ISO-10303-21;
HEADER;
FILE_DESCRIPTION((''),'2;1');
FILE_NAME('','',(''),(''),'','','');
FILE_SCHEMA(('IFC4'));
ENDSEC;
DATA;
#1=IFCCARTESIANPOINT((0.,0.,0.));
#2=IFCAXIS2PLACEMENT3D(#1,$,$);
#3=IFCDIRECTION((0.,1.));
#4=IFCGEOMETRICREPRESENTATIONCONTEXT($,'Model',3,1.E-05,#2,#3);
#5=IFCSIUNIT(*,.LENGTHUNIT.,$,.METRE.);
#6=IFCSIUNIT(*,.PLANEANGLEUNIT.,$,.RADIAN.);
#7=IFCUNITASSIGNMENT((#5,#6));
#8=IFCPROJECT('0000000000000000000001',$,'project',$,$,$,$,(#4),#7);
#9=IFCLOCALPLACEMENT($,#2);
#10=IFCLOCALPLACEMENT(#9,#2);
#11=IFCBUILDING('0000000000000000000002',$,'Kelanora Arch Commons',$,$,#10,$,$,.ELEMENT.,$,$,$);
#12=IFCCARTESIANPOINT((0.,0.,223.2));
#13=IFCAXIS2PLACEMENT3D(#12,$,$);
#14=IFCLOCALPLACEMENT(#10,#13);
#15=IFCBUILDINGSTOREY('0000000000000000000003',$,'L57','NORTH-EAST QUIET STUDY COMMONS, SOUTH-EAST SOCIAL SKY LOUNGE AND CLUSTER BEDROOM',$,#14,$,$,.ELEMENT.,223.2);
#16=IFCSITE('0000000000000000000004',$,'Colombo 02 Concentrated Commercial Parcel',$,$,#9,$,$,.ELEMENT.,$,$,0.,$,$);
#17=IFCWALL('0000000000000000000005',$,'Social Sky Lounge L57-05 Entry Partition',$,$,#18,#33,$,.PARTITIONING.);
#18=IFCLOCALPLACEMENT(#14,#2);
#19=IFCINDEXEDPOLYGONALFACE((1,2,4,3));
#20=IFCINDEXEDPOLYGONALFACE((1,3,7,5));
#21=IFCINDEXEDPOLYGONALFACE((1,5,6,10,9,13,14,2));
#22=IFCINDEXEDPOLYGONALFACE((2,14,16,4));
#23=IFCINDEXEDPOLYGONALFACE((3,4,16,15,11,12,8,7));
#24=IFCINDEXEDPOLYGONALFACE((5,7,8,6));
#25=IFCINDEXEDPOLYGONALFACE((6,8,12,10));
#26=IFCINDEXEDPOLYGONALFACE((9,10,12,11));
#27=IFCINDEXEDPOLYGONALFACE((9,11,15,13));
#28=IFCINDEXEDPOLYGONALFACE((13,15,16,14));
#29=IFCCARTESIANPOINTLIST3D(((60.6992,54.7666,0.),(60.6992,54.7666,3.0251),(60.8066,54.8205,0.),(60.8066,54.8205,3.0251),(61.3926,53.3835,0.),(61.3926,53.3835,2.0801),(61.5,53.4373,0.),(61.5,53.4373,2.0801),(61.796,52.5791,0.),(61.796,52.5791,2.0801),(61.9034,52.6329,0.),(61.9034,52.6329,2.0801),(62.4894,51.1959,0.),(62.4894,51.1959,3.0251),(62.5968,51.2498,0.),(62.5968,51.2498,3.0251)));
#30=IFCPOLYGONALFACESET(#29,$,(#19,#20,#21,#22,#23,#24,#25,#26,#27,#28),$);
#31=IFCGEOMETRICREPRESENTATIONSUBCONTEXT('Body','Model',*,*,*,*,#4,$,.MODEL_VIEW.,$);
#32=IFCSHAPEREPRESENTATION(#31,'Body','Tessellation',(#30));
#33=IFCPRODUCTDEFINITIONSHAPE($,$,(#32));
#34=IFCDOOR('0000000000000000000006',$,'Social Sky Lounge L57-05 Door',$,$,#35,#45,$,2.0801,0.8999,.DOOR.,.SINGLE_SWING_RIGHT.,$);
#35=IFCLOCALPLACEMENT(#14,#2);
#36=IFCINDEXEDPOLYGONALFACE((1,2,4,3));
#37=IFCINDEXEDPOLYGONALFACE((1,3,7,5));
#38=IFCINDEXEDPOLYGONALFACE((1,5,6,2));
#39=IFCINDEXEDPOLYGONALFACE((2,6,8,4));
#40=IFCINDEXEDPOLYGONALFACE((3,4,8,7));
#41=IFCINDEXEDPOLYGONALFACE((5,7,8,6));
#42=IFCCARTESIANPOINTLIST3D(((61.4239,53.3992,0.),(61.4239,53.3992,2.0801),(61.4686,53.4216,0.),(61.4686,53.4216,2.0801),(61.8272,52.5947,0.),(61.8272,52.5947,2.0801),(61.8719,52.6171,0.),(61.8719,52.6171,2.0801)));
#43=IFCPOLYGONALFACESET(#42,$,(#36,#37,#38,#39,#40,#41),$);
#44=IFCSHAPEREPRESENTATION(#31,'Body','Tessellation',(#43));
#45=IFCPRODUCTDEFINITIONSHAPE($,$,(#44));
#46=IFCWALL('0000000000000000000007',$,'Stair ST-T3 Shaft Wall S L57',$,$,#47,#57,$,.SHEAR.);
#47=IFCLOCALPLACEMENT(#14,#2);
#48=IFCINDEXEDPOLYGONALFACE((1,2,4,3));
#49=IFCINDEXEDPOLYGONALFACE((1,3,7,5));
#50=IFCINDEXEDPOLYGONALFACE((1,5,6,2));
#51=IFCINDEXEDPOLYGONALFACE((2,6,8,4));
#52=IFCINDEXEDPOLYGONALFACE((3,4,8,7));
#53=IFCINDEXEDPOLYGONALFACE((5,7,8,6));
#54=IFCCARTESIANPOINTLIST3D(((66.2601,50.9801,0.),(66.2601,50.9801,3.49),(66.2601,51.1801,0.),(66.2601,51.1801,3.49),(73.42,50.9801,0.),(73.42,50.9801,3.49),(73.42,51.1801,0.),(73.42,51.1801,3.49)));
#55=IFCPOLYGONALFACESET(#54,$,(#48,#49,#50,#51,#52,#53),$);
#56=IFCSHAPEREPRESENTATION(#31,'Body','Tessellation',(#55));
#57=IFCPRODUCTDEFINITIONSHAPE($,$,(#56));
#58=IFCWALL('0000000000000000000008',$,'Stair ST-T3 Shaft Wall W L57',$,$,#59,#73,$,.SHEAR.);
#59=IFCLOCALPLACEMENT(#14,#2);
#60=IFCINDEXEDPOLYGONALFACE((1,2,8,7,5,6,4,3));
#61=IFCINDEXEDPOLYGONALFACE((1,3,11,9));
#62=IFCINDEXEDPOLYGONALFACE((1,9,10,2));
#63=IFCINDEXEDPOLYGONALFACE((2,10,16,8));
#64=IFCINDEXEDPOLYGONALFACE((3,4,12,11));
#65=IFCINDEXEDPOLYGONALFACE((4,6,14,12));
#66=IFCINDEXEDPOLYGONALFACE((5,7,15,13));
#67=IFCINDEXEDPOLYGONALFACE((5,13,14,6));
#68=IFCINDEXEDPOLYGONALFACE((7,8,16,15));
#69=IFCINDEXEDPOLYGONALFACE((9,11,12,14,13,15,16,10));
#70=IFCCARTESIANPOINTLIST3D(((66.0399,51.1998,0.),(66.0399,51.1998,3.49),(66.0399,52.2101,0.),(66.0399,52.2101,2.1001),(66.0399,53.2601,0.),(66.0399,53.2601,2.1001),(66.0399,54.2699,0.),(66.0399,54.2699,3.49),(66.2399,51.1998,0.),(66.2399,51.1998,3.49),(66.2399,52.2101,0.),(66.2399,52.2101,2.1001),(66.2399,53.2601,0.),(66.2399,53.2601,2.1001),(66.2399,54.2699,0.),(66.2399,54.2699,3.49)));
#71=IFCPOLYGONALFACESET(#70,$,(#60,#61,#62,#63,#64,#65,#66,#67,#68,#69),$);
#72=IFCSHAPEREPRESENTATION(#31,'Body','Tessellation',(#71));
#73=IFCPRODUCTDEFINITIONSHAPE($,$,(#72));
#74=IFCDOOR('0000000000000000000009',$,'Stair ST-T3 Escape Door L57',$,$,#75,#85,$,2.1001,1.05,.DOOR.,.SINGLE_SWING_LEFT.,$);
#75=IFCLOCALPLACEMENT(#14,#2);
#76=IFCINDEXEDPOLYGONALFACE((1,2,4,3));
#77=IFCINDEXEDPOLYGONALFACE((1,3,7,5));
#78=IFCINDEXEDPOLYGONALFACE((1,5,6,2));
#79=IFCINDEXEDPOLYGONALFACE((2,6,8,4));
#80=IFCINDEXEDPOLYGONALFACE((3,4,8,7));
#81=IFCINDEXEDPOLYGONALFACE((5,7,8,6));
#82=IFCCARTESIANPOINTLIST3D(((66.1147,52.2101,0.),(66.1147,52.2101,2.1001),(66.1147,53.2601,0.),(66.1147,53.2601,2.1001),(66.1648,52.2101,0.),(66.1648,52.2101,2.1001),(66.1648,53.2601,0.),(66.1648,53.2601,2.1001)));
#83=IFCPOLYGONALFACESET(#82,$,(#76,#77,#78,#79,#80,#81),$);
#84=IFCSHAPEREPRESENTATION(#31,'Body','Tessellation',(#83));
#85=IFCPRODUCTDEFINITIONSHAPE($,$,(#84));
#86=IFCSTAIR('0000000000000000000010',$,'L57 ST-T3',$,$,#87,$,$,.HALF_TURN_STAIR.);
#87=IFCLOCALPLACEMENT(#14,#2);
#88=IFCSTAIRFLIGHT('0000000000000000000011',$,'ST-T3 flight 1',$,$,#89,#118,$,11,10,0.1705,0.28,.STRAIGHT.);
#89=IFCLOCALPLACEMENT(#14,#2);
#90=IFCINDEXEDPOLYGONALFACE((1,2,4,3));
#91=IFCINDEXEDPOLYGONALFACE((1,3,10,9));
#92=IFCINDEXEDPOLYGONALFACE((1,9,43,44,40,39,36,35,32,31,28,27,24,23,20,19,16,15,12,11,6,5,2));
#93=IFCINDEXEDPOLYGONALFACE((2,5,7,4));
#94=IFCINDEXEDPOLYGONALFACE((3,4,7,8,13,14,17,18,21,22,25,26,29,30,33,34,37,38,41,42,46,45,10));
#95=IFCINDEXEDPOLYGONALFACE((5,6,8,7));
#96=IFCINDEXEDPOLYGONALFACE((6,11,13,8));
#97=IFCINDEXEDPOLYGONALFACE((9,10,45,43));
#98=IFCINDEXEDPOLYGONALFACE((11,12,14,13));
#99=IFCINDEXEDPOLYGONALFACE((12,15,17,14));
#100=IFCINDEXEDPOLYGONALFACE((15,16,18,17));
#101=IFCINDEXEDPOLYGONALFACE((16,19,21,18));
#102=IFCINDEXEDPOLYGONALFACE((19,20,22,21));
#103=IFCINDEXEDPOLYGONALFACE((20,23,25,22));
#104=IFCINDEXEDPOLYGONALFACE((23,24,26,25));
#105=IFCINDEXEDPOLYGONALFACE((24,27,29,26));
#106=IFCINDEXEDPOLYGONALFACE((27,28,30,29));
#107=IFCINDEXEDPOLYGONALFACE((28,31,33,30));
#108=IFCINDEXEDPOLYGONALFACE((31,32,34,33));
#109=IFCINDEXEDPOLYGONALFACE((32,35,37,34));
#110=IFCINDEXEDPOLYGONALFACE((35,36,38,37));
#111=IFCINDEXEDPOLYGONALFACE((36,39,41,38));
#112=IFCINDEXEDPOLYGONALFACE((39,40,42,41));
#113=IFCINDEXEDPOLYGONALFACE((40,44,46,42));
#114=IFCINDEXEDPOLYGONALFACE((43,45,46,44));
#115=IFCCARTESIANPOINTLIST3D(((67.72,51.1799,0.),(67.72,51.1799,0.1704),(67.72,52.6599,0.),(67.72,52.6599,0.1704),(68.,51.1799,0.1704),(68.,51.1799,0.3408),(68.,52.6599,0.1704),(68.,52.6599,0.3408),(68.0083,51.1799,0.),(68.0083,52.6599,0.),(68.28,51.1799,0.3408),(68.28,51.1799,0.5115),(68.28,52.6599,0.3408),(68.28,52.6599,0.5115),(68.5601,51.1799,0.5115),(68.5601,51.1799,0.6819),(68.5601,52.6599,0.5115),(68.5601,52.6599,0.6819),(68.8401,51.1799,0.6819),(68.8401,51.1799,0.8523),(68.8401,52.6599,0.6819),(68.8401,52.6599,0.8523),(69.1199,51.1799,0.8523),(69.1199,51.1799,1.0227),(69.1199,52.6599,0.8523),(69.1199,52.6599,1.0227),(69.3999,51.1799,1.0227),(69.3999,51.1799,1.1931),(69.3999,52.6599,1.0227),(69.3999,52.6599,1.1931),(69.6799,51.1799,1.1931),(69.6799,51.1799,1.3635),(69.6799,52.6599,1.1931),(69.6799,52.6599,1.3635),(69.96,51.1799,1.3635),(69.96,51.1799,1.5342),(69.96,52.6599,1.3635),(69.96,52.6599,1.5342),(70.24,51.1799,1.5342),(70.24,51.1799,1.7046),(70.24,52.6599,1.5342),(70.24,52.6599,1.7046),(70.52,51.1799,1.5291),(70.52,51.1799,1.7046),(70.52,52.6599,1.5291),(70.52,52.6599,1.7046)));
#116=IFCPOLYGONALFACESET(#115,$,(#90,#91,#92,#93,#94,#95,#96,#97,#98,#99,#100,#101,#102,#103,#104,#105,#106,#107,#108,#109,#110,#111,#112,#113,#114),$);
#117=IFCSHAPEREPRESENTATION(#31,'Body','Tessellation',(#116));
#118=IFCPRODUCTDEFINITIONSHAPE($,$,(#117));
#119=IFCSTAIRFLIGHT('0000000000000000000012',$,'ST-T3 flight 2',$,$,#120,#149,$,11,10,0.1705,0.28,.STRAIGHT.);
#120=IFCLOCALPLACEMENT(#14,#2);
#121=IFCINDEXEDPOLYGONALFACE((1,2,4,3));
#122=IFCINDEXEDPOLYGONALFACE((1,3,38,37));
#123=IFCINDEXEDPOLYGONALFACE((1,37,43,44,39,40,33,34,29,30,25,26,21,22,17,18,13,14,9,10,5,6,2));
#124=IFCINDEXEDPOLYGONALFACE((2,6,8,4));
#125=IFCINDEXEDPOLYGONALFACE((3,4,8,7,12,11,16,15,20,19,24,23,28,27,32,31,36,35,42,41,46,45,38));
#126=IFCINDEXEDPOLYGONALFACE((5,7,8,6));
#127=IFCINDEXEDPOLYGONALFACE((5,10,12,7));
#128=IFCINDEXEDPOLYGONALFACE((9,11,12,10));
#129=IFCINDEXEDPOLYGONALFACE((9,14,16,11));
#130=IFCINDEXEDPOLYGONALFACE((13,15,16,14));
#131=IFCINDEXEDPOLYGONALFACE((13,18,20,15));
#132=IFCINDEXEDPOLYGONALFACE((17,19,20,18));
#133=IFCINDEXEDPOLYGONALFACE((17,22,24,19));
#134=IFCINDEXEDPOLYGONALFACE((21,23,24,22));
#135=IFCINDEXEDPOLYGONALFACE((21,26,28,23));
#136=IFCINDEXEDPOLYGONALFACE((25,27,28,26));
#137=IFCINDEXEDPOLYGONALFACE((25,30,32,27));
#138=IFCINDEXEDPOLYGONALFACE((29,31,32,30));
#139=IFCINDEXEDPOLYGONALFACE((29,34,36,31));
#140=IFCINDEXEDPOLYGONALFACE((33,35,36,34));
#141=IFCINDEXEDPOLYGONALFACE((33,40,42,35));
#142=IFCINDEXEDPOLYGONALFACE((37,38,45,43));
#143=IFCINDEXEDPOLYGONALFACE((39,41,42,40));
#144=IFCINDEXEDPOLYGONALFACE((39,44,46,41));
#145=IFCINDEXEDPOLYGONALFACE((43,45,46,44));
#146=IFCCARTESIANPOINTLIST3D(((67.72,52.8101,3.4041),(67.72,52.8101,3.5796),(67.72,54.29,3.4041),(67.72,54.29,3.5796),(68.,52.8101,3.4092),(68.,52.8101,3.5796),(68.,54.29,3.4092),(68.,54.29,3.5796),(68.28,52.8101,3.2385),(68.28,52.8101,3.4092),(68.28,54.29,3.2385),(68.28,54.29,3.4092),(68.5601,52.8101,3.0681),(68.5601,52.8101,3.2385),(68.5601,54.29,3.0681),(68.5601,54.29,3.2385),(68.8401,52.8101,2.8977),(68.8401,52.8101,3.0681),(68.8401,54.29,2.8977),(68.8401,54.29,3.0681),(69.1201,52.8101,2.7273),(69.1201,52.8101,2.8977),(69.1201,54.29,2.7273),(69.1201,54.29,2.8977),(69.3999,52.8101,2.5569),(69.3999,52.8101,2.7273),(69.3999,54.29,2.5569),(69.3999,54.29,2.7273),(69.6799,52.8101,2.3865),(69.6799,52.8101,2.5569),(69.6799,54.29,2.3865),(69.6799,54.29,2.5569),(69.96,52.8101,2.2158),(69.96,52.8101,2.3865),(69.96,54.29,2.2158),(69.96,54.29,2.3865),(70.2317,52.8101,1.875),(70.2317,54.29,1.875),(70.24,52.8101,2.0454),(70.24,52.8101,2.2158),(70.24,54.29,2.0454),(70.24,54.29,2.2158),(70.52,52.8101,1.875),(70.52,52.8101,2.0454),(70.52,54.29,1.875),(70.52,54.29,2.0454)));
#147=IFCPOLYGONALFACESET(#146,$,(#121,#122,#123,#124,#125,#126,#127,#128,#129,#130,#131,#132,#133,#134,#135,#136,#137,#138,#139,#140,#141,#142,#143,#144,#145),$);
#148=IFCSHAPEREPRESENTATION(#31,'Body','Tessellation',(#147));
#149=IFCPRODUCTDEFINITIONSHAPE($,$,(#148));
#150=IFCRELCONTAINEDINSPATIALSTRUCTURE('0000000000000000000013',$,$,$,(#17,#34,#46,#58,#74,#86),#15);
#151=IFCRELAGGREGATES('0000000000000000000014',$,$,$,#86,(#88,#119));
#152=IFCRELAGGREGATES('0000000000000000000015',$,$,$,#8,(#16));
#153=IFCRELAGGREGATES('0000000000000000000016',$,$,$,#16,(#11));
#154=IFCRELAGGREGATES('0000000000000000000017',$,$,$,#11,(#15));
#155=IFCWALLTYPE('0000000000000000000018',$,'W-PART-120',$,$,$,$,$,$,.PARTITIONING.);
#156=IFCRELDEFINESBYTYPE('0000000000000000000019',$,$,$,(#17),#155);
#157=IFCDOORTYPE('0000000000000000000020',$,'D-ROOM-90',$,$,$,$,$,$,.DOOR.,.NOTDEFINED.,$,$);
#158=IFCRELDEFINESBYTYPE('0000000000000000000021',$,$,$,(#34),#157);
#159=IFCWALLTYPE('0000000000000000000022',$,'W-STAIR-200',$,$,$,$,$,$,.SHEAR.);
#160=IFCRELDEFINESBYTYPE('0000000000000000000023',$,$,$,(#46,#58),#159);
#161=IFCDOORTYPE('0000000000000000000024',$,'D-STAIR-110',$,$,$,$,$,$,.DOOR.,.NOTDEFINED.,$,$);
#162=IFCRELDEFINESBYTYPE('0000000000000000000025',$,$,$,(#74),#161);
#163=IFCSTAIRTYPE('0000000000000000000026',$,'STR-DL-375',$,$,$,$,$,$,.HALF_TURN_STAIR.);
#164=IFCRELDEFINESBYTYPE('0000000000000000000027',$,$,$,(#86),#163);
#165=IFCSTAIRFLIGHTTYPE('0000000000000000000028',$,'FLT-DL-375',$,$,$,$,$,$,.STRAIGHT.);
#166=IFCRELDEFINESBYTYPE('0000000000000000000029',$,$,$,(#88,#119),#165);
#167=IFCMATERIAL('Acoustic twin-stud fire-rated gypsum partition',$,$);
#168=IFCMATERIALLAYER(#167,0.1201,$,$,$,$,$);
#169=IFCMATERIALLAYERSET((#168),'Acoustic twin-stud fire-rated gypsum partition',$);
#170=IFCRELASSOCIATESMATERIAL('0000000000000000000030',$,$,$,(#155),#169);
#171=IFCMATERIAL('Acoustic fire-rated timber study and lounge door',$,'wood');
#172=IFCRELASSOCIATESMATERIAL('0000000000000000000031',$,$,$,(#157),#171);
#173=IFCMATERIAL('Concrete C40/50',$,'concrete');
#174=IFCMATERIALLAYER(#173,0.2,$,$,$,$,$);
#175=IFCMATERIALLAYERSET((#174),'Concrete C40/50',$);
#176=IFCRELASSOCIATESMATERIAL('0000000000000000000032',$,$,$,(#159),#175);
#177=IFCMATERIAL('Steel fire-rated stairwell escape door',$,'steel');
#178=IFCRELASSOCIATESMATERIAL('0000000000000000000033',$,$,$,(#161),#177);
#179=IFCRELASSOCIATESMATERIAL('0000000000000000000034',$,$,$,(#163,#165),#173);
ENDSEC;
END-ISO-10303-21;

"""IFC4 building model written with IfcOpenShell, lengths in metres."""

from ifc_helpers import new_model, si_unit, direction, frame, frame_2d, origin, place, context, subcontext, project, spatial, polyline, rectangle, outline, extrude, material, layer, layer_set, type_object, element, fill, aggregate, save


model = new_model("IFC4")

# Units and contexts
model_context = context("Model", 3, precision=1e-05, world=origin(), true_north=direction((0.0, 1.0)))
body_context = subcontext(model_context, "Body", "Model", "MODEL_VIEW")
ifc_project = project(units=[si_unit("LENGTHUNIT", "METRE"), si_unit("PLANEANGLEUNIT", "RADIAN")], contexts=[model_context])

# Site, building, storey
site_placement = place(None, origin())
site = spatial("IfcSite", under=ifc_project, at=site_placement, Name="Colombo 02 Concentrated Commercial Parcel", CompositionType="ELEMENT", RefElevation=0.0)
building_placement = place(site_placement, origin())
building = spatial("IfcBuilding", under=site, at=building_placement, Name="Kelanora Arch Commons", CompositionType="ELEMENT")
storey_placement = place(building_placement, frame((0.0, 0.0, 223.2)))
storey = spatial("IfcBuildingStorey", under=building, at=storey_placement, Name="L57", Description="NORTH-EAST QUIET STUDY COMMONS, SOUTH-EAST SOCIAL SKY LOUNGE AND CLUSTER BEDROOM", CompositionType="ELEMENT", Elevation=223.2)

# Shared definitions
ifc_material_1 = material(Name="Concrete C40/50", Category="concrete")

# Wall, opening, door
ifc_material_2 = material(Name="Acoustic twin-stud fire-rated gypsum partition")
ifc_layer_1 = layer(ifc_material_2, 0.1201)
ifc_layer_set_1 = layer_set([ifc_layer_1], Name="Acoustic twin-stud fire-rated gypsum partition")
wall_type_1 = type_object("IfcWallType", Name="W-PART-120", PredefinedType="PARTITIONING", material=ifc_layer_set_1)
ifc_material_3 = material(Name="Acoustic fire-rated timber study and lounge door", Category="wood")
door_type_1 = type_object("IfcDoorType", Name="D-ROOM-90", OperationType="NOTDEFINED", PredefinedType="DOOR", material=ifc_material_3)
wall_1_placement = place(storey_placement, frame((60.7529, 54.7935, 0.0), z_axis=(0.0, 0.0, 1.0), x_axis=(0.448191, -0.893938, 0.0)))
wall_1 = element("IfcWall", 1, at=wall_1_placement, inside=storey, type_object=wall_type_1, Name="Social Sky Lounge L57-05 Entry Partition", PredefinedType="PARTITIONING", context=body_context, shape_type="SweptSolid", body=[
    extrude(rectangle(XDim=3.9944, YDim=0.1201, at=frame_2d((1.9971, 0.0))), origin(), (0.0, 0.0, 1.0), 3.0251),
])
opening_1_placement = place(wall_1_placement, frame((1.5471, 0.0, 0.0)))
opening_1 = element("IfcOpeningElement", 2, at=opening_1_placement, cuts=wall_1, PredefinedType="OPENING", context=body_context, shape_type="SweptSolid", body=[
    extrude(rectangle(XDim=0.8999, YDim=2.0801, at=frame_2d((0.45, 1.04))), frame((0.0, 0.0701, 0.0), z_axis=(0.0, -1.0, 0.0), x_axis=(1.0, 0.0, 0.0)), (0.0, 0.0, 1.0), 0.1401),
])
door_1_placement = place(opening_1_placement, origin())
door_1 = element("IfcDoor", 3, at=door_1_placement, inside=storey, type_object=door_type_1, Name="Social Sky Lounge L57-05 Door", OperationType="SINGLE_SWING_RIGHT", OverallHeight=2.0801, OverallWidth=0.8999, PredefinedType="DOOR", context=body_context, shape_type="SweptSolid", body=[
    extrude(rectangle(XDim=0.8999, YDim=2.0801, at=frame_2d((0.45, 1.04))), frame((0.0, 0.0249, 0.0), z_axis=(0.0, -1.0, 0.0), x_axis=(1.0, 0.0, 0.0)), (0.0, 0.0, 1.0), 0.05),
])
fill(opening_1, door_1)

# Wall
ifc_layer_2 = layer(ifc_material_1, 0.2)
ifc_layer_set_2 = layer_set([ifc_layer_2], Name="Concrete C40/50")
wall_type_2 = type_object("IfcWallType", Name="W-STAIR-200", PredefinedType="SHEAR", material=ifc_layer_set_2)
wall_2_placement = place(storey_placement, frame((66.26, 51.0801, 0.0), z_axis=(0.0, 0.0, 1.0), x_axis=(1.0, 0.0, 0.0)))
element("IfcWall", 4, at=wall_2_placement, inside=storey, type_object=wall_type_2, Name="Stair ST-T3 Shaft Wall S L57", PredefinedType="SHEAR", context=body_context, shape_type="SweptSolid", body=[
    extrude(rectangle(XDim=7.1599, YDim=0.2, at=frame_2d((3.5801, 0.0))), origin(), (0.0, 0.0, 1.0), 3.49),
])

# Wall, opening, door
wall_3_placement = place(storey_placement, frame((66.1399, 54.27, 0.0), z_axis=(0.0, 0.0, 1.0), x_axis=(0.0, -1.0, 0.0)))
wall_3 = element("IfcWall", 5, at=wall_3_placement, inside=storey, type_object=wall_type_2, Name="Stair ST-T3 Shaft Wall W L57", PredefinedType="SHEAR", context=body_context, shape_type="SweptSolid", body=[
    extrude(rectangle(XDim=3.0701, YDim=0.2, at=frame_2d((1.5352, 0.0))), origin(), (0.0, 0.0, 1.0), 3.49),
])
opening_2_placement = place(wall_3_placement, frame((1.01, 0.0, 0.0)))
opening_2 = element("IfcOpeningElement", 6, at=opening_2_placement, cuts=wall_3, PredefinedType="OPENING", context=body_context, shape_type="SweptSolid", body=[
    extrude(rectangle(XDim=1.05, YDim=2.1001, at=frame_2d((0.5249, 1.05))), frame((0.0, 0.1099, 0.0), z_axis=(0.0, -1.0, 0.0), x_axis=(1.0, 0.0, 0.0)), (0.0, 0.0, 1.0), 0.22),
])
ifc_material_4 = material(Name="Steel fire-rated stairwell escape door", Category="steel")
door_type_2 = type_object("IfcDoorType", Name="D-STAIR-110", OperationType="NOTDEFINED", PredefinedType="DOOR", material=ifc_material_4)
door_2_placement = place(opening_2_placement, origin())
door_2 = element("IfcDoor", 7, at=door_2_placement, inside=storey, type_object=door_type_2, Name="Stair ST-T3 Escape Door L57", OperationType="SINGLE_SWING_LEFT", OverallHeight=2.1001, OverallWidth=1.05, PredefinedType="DOOR", context=body_context, shape_type="SweptSolid", body=[
    extrude(rectangle(XDim=1.05, YDim=2.1001, at=frame_2d((0.5249, 1.05))), frame((0.0, 0.0249, 0.0), z_axis=(0.0, -1.0, 0.0), x_axis=(1.0, 0.0, 0.0)), (0.0, 0.0, 1.0), 0.05),
])
fill(opening_2, door_2)

# Stair, stair flights
stair_type = type_object("IfcStairType", Name="STR-DL-375", PredefinedType="HALF_TURN_STAIR", material=ifc_material_1)
stair_placement = place(storey_placement, origin())
stair = element("IfcStair", 8, at=stair_placement, inside=storey, type_object=stair_type, Name="L57 ST-T3", PredefinedType="HALF_TURN_STAIR")
stair_flight_type = type_object("IfcStairFlightType", Name="FLT-DL-375", PredefinedType="STRAIGHT", material=ifc_material_1)
stair_flight_1_placement = place(storey_placement, frame((67.72, 51.9199, 0.0), z_axis=(0.0, 0.0, 1.0), x_axis=(1.0, 0.0, 0.0)))
stair_flight_1 = element("IfcStairFlight", 9, at=stair_flight_1_placement, type_object=stair_flight_type, Name="ST-T3 flight 1", NumberOfRisers=11, NumberOfTreads=10, PredefinedType="STRAIGHT", RiserHeight=0.1705, TreadLength=0.28, context=body_context, shape_type="SweptSolid", body=[
    extrude(outline(polyline([(0.0, 0.0), (0.0, 0.1704), (0.28, 0.1704), (0.28, 0.3408), (0.5601, 0.3408), (0.5601, 0.5115), (0.8401, 0.5115), (0.8401, 0.6819), (1.1201, 0.6819), (1.1201, 0.8523), (1.3999, 0.8523), (1.3999, 1.0227), (1.6799, 1.0227), (1.6799, 1.1931), (1.96, 1.1931), (1.96, 1.3635), (2.24, 1.3635), (2.24, 1.5342), (2.52, 1.5342), (2.52, 1.7046), (2.8, 1.7046), (2.8, 1.875), (2.8, 1.5291), (0.2883, 0.0), (0.0, 0.0)])), frame((0.0, 0.74, 0.0), z_axis=(0.0, -1.0, 0.0), x_axis=(1.0, 0.0, 0.0)), (0.0, 0.0, 1.0), 1.48),
])
stair_flight_2_placement = place(storey_placement, frame((70.52, 53.55, 1.875), z_axis=(0.0, 0.0, 1.0), x_axis=(-1.0, 0.0, 0.0)))
stair_flight_2 = element("IfcStairFlight", 10, at=stair_flight_2_placement, type_object=stair_flight_type, Name="ST-T3 flight 2", NumberOfRisers=11, NumberOfTreads=10, PredefinedType="STRAIGHT", RiserHeight=0.1705, TreadLength=0.28, context=body_context, shape_type="SweptSolid", body=[
    extrude(outline(polyline([(0.0, 0.0), (0.0, 0.1704), (0.28, 0.1704), (0.28, 0.3408), (0.5601, 0.3408), (0.5601, 0.5115), (0.8401, 0.5115), (0.8401, 0.6819), (1.1201, 0.6819), (1.1201, 0.8523), (1.3999, 0.8523), (1.3999, 1.0227), (1.6799, 1.0227), (1.6799, 1.1931), (1.96, 1.1931), (1.96, 1.3635), (2.24, 1.3635), (2.24, 1.5342), (2.52, 1.5342), (2.52, 1.7046), (2.8, 1.7046), (2.8, 1.875), (2.8, 1.5291), (0.2883, 0.0), (0.0, 0.0)])), frame((0.0, 0.74, 0.0), z_axis=(0.0, -1.0, 0.0), x_axis=(1.0, 0.0, 0.0)), (0.0, 0.0, 1.0), 1.48),
])
aggregate(stair, [stair_flight_1, stair_flight_2])

save(model, "model.ifc")
